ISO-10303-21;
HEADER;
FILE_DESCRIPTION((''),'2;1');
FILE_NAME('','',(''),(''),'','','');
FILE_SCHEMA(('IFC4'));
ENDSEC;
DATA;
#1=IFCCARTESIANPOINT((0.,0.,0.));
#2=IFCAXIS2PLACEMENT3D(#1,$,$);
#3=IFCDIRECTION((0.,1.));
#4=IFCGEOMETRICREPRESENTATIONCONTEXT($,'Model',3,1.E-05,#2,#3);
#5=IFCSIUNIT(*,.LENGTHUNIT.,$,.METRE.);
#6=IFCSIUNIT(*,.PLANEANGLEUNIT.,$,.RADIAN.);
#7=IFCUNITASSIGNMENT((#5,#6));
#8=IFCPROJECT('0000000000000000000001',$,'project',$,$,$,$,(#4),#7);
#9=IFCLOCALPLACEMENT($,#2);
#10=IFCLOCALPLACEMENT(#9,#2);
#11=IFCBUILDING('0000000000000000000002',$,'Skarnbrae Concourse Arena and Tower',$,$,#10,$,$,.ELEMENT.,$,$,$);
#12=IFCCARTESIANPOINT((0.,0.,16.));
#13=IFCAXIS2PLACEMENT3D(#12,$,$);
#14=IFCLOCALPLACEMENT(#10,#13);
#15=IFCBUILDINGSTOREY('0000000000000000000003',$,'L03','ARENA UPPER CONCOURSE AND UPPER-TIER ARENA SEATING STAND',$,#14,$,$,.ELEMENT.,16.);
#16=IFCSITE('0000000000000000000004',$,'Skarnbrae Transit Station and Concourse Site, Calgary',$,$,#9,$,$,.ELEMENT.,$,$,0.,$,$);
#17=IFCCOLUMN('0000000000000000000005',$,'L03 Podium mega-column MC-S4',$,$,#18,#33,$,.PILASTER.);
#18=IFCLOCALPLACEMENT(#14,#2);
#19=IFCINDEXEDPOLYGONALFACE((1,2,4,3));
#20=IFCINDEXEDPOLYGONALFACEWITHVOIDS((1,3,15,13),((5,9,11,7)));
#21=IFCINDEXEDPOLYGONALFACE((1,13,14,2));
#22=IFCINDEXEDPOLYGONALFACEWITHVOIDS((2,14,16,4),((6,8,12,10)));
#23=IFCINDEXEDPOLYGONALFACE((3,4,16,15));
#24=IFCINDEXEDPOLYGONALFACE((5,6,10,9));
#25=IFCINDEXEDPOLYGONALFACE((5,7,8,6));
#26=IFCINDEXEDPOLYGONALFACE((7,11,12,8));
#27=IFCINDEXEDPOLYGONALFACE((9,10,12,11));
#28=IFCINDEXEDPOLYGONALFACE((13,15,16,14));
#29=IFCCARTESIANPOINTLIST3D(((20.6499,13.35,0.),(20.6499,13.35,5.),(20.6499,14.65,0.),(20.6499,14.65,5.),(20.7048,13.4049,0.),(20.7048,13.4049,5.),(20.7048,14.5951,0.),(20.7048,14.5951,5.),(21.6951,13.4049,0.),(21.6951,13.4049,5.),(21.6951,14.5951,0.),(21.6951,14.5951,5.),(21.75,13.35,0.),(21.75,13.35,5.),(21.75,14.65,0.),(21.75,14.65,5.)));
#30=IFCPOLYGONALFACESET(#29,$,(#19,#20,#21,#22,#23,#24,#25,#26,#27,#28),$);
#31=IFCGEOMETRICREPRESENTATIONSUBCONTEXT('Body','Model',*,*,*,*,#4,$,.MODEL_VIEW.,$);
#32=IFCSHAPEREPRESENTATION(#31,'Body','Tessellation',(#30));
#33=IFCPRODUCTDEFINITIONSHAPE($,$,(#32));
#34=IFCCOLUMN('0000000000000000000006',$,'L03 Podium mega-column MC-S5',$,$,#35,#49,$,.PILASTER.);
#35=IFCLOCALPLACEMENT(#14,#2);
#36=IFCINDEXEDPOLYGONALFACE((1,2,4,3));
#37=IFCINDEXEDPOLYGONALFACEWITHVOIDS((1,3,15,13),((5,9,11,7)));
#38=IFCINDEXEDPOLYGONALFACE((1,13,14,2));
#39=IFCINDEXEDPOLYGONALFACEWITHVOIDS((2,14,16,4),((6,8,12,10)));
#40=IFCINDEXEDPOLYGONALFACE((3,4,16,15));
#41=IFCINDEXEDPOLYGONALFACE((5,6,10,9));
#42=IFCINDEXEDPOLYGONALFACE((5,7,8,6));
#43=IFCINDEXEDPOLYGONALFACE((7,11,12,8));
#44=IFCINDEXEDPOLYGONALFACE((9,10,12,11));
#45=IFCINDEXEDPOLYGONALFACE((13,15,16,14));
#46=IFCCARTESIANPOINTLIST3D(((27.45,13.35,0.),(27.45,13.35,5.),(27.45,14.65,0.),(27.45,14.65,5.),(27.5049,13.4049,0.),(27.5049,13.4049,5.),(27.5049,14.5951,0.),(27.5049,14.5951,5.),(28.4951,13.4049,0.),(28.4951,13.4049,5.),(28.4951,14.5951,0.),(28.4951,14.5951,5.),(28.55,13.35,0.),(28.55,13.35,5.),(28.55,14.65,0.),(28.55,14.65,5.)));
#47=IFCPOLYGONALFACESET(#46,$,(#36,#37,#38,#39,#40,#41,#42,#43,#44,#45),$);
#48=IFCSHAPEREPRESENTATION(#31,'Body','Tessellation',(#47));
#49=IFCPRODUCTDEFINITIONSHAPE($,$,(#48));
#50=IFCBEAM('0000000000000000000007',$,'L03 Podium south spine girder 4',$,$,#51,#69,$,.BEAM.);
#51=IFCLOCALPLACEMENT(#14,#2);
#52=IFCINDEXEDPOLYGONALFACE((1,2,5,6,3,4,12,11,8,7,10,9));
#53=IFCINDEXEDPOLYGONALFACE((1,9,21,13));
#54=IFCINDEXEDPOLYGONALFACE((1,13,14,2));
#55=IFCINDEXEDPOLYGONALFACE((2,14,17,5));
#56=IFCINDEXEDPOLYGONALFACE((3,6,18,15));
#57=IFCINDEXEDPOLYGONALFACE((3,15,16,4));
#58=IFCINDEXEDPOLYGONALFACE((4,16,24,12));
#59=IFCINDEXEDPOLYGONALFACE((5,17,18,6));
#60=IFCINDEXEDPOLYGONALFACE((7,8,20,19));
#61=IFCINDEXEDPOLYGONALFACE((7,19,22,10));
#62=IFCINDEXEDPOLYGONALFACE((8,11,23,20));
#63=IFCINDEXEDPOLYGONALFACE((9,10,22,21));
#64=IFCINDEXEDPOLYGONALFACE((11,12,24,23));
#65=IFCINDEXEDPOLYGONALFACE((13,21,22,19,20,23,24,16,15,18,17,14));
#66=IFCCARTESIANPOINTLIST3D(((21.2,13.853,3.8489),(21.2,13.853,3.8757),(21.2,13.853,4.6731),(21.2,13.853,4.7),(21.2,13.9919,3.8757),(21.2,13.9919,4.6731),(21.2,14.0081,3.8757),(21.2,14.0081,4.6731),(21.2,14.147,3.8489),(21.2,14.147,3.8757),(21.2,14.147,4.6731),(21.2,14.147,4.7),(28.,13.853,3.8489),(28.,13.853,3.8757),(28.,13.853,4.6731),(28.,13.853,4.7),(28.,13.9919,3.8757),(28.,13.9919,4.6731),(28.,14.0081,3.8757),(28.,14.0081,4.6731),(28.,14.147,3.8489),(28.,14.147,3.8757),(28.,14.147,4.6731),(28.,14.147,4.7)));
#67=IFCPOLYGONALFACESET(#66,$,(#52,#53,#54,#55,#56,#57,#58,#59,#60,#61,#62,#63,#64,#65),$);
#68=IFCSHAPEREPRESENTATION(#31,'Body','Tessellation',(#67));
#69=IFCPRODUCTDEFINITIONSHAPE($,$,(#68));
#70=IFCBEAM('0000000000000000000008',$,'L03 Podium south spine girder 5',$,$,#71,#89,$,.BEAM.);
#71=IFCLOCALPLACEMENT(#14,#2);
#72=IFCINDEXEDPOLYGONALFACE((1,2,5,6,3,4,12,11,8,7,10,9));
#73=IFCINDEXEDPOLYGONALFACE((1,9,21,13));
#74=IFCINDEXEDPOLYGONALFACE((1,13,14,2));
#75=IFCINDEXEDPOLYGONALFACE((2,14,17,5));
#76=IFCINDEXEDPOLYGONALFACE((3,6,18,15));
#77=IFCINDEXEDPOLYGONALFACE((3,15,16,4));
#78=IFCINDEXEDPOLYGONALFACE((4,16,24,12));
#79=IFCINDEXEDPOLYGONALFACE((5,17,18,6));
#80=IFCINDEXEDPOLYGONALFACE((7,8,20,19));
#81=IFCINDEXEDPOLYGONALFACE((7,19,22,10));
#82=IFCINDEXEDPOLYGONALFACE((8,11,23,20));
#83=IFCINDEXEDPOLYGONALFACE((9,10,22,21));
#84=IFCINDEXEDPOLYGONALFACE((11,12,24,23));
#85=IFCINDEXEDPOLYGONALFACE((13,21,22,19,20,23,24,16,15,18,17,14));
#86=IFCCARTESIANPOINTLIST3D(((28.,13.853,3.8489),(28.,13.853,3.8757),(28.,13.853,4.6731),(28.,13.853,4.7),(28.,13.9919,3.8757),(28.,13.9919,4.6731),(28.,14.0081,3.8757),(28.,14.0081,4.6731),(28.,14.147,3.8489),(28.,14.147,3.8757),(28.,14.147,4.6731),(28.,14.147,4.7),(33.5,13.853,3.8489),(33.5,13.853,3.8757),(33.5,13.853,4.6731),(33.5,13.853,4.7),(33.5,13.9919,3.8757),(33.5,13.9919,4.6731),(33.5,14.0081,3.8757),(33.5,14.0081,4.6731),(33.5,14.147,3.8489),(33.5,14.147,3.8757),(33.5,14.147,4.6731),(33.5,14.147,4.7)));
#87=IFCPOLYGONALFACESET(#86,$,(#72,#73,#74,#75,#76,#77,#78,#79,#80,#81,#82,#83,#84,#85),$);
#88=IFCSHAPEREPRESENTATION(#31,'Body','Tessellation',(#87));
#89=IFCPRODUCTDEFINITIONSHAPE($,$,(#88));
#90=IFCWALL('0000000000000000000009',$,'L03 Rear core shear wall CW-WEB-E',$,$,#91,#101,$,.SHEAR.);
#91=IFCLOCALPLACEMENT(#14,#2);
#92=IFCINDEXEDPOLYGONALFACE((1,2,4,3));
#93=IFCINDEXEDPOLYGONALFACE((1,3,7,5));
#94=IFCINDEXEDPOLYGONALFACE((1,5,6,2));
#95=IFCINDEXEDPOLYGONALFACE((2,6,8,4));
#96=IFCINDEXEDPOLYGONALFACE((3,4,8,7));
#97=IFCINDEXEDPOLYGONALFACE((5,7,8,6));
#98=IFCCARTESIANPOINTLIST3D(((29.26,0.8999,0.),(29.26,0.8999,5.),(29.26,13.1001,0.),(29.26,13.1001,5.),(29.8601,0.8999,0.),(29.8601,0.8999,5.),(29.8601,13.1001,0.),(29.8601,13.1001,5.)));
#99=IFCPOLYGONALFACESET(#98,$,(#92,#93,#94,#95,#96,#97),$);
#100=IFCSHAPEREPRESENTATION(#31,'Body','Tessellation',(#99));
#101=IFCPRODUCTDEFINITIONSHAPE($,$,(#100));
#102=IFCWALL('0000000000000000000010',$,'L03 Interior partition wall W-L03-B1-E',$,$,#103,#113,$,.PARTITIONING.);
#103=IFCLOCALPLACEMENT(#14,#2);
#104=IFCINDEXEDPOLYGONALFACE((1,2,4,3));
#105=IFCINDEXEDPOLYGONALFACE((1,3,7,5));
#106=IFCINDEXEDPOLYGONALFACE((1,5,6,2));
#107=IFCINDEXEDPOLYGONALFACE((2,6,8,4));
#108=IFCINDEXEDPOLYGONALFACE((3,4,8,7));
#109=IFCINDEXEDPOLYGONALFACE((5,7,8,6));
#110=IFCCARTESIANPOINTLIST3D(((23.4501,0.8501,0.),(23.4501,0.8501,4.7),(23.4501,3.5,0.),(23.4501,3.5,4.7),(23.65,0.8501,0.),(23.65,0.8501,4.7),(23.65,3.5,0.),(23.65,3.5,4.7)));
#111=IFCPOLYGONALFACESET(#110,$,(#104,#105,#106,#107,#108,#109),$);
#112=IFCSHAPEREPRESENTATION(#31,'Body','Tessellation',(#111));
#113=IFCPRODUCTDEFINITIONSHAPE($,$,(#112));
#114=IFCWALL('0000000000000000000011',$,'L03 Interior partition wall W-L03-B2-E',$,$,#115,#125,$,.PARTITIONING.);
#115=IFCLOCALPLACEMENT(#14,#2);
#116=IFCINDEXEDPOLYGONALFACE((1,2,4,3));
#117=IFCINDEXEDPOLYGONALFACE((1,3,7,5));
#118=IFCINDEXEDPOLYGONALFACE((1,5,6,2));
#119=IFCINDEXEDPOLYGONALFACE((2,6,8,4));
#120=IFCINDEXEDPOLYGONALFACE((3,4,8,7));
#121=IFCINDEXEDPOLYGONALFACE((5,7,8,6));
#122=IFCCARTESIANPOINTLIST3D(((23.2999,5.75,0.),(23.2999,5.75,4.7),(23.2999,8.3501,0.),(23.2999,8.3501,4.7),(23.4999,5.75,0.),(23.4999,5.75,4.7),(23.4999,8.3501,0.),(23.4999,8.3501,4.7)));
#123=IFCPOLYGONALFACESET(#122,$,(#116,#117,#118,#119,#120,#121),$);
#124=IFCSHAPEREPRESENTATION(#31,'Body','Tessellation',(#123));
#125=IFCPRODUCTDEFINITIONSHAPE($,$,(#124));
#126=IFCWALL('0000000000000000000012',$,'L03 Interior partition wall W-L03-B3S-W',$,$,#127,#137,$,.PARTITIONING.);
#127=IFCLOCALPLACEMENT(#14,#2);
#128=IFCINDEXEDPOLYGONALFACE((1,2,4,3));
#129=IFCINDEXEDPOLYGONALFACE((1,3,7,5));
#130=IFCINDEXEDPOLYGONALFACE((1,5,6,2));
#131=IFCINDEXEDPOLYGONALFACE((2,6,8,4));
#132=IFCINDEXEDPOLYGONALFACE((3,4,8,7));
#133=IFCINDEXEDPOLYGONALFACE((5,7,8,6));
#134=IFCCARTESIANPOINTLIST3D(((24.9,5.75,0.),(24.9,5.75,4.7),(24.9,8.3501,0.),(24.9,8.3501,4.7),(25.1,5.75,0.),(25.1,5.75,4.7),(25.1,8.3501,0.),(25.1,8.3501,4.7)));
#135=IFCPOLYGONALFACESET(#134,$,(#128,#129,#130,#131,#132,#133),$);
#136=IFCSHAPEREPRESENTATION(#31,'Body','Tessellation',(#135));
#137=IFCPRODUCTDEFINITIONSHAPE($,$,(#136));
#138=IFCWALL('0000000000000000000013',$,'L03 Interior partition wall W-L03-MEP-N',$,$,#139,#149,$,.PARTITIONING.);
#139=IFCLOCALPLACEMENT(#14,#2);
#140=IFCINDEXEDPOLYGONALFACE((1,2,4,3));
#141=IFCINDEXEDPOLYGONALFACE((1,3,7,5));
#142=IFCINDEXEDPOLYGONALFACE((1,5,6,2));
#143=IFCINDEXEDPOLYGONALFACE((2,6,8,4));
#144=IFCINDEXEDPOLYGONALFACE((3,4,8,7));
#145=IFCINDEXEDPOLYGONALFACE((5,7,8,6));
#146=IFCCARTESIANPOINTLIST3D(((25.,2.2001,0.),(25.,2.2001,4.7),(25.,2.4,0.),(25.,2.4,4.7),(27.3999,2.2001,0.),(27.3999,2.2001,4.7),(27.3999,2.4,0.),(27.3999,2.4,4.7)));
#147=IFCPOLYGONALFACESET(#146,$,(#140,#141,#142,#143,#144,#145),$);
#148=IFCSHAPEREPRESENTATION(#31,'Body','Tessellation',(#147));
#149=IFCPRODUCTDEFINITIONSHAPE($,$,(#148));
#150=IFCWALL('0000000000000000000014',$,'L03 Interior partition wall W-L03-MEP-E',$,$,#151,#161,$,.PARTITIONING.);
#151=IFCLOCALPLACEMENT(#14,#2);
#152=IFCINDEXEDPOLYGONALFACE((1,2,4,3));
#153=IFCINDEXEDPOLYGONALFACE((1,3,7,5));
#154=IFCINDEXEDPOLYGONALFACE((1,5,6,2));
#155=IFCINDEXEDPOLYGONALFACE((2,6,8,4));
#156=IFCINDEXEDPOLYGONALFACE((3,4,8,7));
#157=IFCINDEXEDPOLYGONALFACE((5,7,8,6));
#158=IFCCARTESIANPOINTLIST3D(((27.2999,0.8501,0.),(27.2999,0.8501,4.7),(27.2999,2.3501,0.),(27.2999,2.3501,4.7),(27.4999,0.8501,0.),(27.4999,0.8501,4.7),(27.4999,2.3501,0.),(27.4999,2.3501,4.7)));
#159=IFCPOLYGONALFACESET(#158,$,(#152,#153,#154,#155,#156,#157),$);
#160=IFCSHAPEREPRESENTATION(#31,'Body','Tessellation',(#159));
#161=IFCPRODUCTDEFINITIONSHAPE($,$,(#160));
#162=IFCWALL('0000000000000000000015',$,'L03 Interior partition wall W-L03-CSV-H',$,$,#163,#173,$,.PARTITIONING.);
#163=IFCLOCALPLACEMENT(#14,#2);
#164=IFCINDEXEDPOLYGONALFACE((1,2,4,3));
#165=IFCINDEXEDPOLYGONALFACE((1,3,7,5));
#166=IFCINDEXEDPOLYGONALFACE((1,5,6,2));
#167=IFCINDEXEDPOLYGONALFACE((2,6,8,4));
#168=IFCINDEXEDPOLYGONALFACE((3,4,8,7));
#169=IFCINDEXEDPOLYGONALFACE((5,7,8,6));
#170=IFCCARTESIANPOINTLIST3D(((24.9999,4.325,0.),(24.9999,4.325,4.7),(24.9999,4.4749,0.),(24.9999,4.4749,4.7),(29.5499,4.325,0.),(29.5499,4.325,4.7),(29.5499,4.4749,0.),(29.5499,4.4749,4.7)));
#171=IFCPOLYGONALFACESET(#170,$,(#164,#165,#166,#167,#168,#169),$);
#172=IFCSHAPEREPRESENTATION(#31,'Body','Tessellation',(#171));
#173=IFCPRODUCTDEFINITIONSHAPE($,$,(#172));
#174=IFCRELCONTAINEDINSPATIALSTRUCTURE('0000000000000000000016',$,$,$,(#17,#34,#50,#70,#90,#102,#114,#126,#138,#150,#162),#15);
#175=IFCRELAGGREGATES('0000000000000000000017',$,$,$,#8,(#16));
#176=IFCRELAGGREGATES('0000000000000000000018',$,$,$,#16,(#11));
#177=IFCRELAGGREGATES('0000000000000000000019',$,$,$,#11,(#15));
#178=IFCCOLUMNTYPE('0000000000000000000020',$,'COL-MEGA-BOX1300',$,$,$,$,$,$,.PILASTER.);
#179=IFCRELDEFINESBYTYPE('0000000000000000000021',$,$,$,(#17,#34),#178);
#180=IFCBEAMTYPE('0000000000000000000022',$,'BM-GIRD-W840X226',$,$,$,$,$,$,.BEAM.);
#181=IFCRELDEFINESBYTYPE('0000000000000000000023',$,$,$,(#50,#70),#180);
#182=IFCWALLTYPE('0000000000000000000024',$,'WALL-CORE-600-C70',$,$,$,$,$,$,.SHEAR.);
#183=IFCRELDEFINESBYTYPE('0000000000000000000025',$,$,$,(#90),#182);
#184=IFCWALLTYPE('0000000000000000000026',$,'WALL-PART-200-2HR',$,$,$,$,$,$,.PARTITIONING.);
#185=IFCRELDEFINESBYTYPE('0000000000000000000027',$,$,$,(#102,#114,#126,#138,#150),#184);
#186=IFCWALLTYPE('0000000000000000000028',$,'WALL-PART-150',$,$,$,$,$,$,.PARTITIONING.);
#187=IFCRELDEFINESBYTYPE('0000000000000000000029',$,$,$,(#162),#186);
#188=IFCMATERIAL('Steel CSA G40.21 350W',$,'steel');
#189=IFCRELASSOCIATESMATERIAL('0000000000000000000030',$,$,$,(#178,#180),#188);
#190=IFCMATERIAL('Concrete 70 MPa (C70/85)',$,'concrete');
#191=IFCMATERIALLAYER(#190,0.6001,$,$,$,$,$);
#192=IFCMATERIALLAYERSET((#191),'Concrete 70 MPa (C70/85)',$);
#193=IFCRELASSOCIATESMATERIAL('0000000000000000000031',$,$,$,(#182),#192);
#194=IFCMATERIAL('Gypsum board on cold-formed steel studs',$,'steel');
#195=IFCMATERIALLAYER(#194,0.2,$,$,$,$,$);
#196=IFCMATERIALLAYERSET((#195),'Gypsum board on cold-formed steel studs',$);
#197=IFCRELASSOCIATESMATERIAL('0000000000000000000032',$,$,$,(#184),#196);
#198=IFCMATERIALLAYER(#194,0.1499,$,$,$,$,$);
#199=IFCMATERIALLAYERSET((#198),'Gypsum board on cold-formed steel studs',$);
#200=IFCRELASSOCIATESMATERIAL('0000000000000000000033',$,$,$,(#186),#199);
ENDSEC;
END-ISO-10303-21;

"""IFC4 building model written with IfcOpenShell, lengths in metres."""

from ifc_helpers import new_model, si_unit, direction, frame, frame_2d, origin, origin_2d, place, context, subcontext, project, spatial, rectangle, hollow_rectangle, i_section, extrude, source, transform, mapped, material, layer, layer_set, material_profile, profile_set, type_object, element, save


model = new_model("IFC4")

# Units and contexts
model_context = context("Model", 3, precision=1e-05, world=origin(), true_north=direction((0.0, 1.0)))
body_context = subcontext(model_context, "Body", "Model", "MODEL_VIEW")
ifc_project = project(units=[si_unit("LENGTHUNIT", "METRE"), si_unit("PLANEANGLEUNIT", "RADIAN")], contexts=[model_context])

# Site, building, storey
site_placement = place(None, origin())
site = spatial("IfcSite", under=ifc_project, at=site_placement, Name="Skarnbrae Transit Station and Concourse Site, Calgary", CompositionType="ELEMENT", RefElevation=0.0)
building_placement = place(site_placement, origin())
building = spatial("IfcBuilding", under=site, at=building_placement, Name="Skarnbrae Concourse Arena and Tower", CompositionType="ELEMENT")
storey_placement = place(building_placement, frame((0.0, 0.0, 16.0)))
storey = spatial("IfcBuildingStorey", under=building, at=storey_placement, Name="L03", Description="ARENA UPPER CONCOURSE AND UPPER-TIER ARENA SEATING STAND", CompositionType="ELEMENT", Elevation=16.0)

# Columns
ifc_material_1 = material(Name="Steel CSA G40.21 350W", Category="steel")
ifc_material_profile_1 = material_profile(ifc_material_1, hollow_rectangle(XDim=1.1001, YDim=1.3, WallThickness=0.0549, at=origin_2d()), Name="BOX1300X1100X55")
ifc_profile_set_1 = profile_set([ifc_material_profile_1], Name="Steel CSA G40.21 350W")
column_type = type_object("IfcColumnType", Name="COL-MEGA-BOX1300", PredefinedType="PILASTER", material=ifc_profile_set_1)
shared_shape_1 = source(origin(), body_context, "Body", "SweptSolid", [
    extrude(hollow_rectangle(XDim=1.1001, YDim=1.3, WallThickness=0.0549, at=origin_2d()), origin(), (0.0, 0.0, 1.0), 5.0),
])
for number, where, z_axis, x_axis, name in (
    (1, (21.2, 14.0, 0.0), (0.0, 0.0, 1.0), (1.0, 0.0, 0.0), "L03 Podium mega-column MC-S4"),
    (2, (28.0, 14.0, 0.0), (0.0, 0.0, 1.0), (1.0, 0.0, 0.0), "L03 Podium mega-column MC-S5"),
):
    element("IfcColumn", number, at=place(storey_placement, frame(where, z_axis=z_axis, x_axis=x_axis)), inside=storey, type_object=column_type, Name=name, PredefinedType="PILASTER", context=body_context, shape_type="MappedRepresentation", body=[
        mapped(shared_shape_1, transform((0.0, 0.0, 0.0))),
    ])

# Beams
ifc_material_profile_2 = material_profile(ifc_material_1, i_section(OverallWidth=0.2939, OverallDepth=0.8511, WebThickness=0.0161, FlangeThickness=0.0269, at=origin_2d()), Name="W840X226")
ifc_profile_set_2 = profile_set([ifc_material_profile_2], Name="Steel CSA G40.21 350W")
beam_type = type_object("IfcBeamType", Name="BM-GIRD-W840X226", PredefinedType="BEAM", material=ifc_profile_set_2)
shared_shape_2 = source(origin(), body_context, "Body", "SweptSolid", [
    extrude(i_section(OverallWidth=0.2939, OverallDepth=0.8511, WebThickness=0.0161, FlangeThickness=0.0269, at=origin_2d()), origin(), (0.0, 0.0, 1.0), 6.8),
])
beam_1_placement = place(storey_placement, frame((21.2, 14.0, 4.2744), z_axis=(1.0, 0.0, 0.0), x_axis=(0.0, 1.0, 0.0)))
element("IfcBeam", 3, at=beam_1_placement, inside=storey, type_object=beam_type, Name="L03 Podium south spine girder 4", PredefinedType="BEAM", context=body_context, shape_type="MappedRepresentation", body=[
    mapped(shared_shape_2, transform((0.0, 0.0, 0.0))),
])
shared_shape_3 = source(origin(), body_context, "Body", "SweptSolid", [
    extrude(i_section(OverallWidth=0.2939, OverallDepth=0.8511, WebThickness=0.0161, FlangeThickness=0.0269, at=origin_2d()), origin(), (0.0, 0.0, 1.0), 5.5),
])
beam_2_placement = place(storey_placement, frame((28.0, 14.0, 4.2744), z_axis=(1.0, 0.0, 0.0), x_axis=(0.0, 1.0, 0.0)))
element("IfcBeam", 4, at=beam_2_placement, inside=storey, type_object=beam_type, Name="L03 Podium south spine girder 5", PredefinedType="BEAM", context=body_context, shape_type="MappedRepresentation", body=[
    mapped(shared_shape_3, transform((0.0, 0.0, 0.0))),
])

# Wall
ifc_material_2 = material(Name="Concrete 70 MPa (C70/85)", Category="concrete")
ifc_layer_1 = layer(ifc_material_2, 0.6001)
ifc_layer_set_1 = layer_set([ifc_layer_1], Name="Concrete 70 MPa (C70/85)")
wall_type_1 = type_object("IfcWallType", Name="WALL-CORE-600-C70", PredefinedType="SHEAR", material=ifc_layer_set_1)
shared_shape_4 = source(origin(), body_context, "Body", "SweptSolid", [
    extrude(rectangle(XDim=12.2002, YDim=0.6001, at=frame_2d((6.1001, 0.0))), origin(), (0.0, 0.0, 1.0), 5.0),
])
wall_1_placement = place(storey_placement, frame((29.5601, 0.8999, 0.0), z_axis=(0.0, 0.0, 1.0), x_axis=(0.0, 1.0, 0.0)))
element("IfcWall", 5, at=wall_1_placement, inside=storey, type_object=wall_type_1, Name="L03 Rear core shear wall CW-WEB-E", PredefinedType="SHEAR", context=body_context, shape_type="MappedRepresentation", body=[
    mapped(shared_shape_4, transform((0.0, 0.0, 0.0))),
])

# Walls
ifc_material_3 = material(Name="Gypsum board on cold-formed steel studs", Category="steel")
ifc_layer_2 = layer(ifc_material_3, 0.2)
ifc_layer_set_2 = layer_set([ifc_layer_2], Name="Gypsum board on cold-formed steel studs")
wall_type_2 = type_object("IfcWallType", Name="WALL-PART-200-2HR", PredefinedType="PARTITIONING", material=ifc_layer_set_2)
shared_shape_5 = source(origin(), body_context, "Body", "SweptSolid", [
    extrude(rectangle(XDim=2.6499, YDim=0.2, at=frame_2d((1.325, 0.0))), origin(), (0.0, 0.0, 1.0), 4.7),
])
wall_2_placement = place(storey_placement, frame((23.55, 0.8501, 0.0), z_axis=(0.0, 0.0, 1.0), x_axis=(0.0, 1.0, 0.0)))
element("IfcWall", 6, at=wall_2_placement, inside=storey, type_object=wall_type_2, Name="L03 Interior partition wall W-L03-B1-E", PredefinedType="PARTITIONING", context=body_context, shape_type="MappedRepresentation", body=[
    mapped(shared_shape_5, transform((0.0, 0.0, 0.0))),
])
shared_shape_6 = source(origin(), body_context, "Body", "SweptSolid", [
    extrude(rectangle(XDim=2.6001, YDim=0.2, at=frame_2d((1.3, 0.0))), origin(), (0.0, 0.0, 1.0), 4.7),
])
for number, where, z_axis, x_axis, name in (
    (7, (23.3999, 5.75, 0.0), (0.0, 0.0, 1.0), (0.0, 1.0, 0.0), "L03 Interior partition wall W-L03-B2-E"),
    (8, (25.0, 5.75, 0.0), (0.0, 0.0, 1.0), (0.0, 1.0, 0.0), "L03 Interior partition wall W-L03-B3S-W"),
):
    element("IfcWall", number, at=place(storey_placement, frame(where, z_axis=z_axis, x_axis=x_axis)), inside=storey, type_object=wall_type_2, Name=name, PredefinedType="PARTITIONING", context=body_context, shape_type="MappedRepresentation", body=[
        mapped(shared_shape_6, transform((0.0, 0.0, 0.0))),
    ])

# Walls
shared_shape_7 = source(origin(), body_context, "Body", "SweptSolid", [
    extrude(rectangle(XDim=2.3999, YDim=0.2, at=frame_2d((1.2, 0.0))), origin(), (0.0, 0.0, 1.0), 4.7),
])
wall_3_placement = place(storey_placement, frame((25.0, 2.3, 0.0), z_axis=(0.0, 0.0, 1.0), x_axis=(1.0, 0.0, 0.0)))
element("IfcWall", 9, at=wall_3_placement, inside=storey, type_object=wall_type_2, Name="L03 Interior partition wall W-L03-MEP-N", PredefinedType="PARTITIONING", context=body_context, shape_type="MappedRepresentation", body=[
    mapped(shared_shape_7, transform((0.0, 0.0, 0.0))),
])
shared_shape_8 = source(origin(), body_context, "Body", "SweptSolid", [
    extrude(rectangle(XDim=1.5, YDim=0.2, at=frame_2d((0.75, 0.0))), origin(), (0.0, 0.0, 1.0), 4.7),
])
wall_4_placement = place(storey_placement, frame((27.3999, 0.8501, 0.0), z_axis=(0.0, 0.0, 1.0), x_axis=(0.0, 1.0, 0.0)))
element("IfcWall", 10, at=wall_4_placement, inside=storey, type_object=wall_type_2, Name="L03 Interior partition wall W-L03-MEP-E", PredefinedType="PARTITIONING", context=body_context, shape_type="MappedRepresentation", body=[
    mapped(shared_shape_8, transform((0.0, 0.0, 0.0))),
])
ifc_layer_3 = layer(ifc_material_3, 0.1499)
ifc_layer_set_3 = layer_set([ifc_layer_3], Name="Gypsum board on cold-formed steel studs")
wall_type_3 = type_object("IfcWallType", Name="WALL-PART-150", PredefinedType="PARTITIONING", material=ifc_layer_set_3)
shared_shape_9 = source(origin(), body_context, "Body", "SweptSolid", [
    extrude(rectangle(XDim=4.55, YDim=0.1499, at=frame_2d((2.2749, 0.0))), origin(), (0.0, 0.0, 1.0), 4.7),
])
wall_5_placement = place(storey_placement, frame((25.0, 4.3999, 0.0), z_axis=(0.0, 0.0, 1.0), x_axis=(1.0, 0.0, 0.0)))
element("IfcWall", 11, at=wall_5_placement, inside=storey, type_object=wall_type_3, Name="L03 Interior partition wall W-L03-CSV-H", PredefinedType="PARTITIONING", context=body_context, shape_type="MappedRepresentation", body=[
    mapped(shared_shape_9, transform((0.0, 0.0, 0.0))),
])

save(model, "model.ifc")
